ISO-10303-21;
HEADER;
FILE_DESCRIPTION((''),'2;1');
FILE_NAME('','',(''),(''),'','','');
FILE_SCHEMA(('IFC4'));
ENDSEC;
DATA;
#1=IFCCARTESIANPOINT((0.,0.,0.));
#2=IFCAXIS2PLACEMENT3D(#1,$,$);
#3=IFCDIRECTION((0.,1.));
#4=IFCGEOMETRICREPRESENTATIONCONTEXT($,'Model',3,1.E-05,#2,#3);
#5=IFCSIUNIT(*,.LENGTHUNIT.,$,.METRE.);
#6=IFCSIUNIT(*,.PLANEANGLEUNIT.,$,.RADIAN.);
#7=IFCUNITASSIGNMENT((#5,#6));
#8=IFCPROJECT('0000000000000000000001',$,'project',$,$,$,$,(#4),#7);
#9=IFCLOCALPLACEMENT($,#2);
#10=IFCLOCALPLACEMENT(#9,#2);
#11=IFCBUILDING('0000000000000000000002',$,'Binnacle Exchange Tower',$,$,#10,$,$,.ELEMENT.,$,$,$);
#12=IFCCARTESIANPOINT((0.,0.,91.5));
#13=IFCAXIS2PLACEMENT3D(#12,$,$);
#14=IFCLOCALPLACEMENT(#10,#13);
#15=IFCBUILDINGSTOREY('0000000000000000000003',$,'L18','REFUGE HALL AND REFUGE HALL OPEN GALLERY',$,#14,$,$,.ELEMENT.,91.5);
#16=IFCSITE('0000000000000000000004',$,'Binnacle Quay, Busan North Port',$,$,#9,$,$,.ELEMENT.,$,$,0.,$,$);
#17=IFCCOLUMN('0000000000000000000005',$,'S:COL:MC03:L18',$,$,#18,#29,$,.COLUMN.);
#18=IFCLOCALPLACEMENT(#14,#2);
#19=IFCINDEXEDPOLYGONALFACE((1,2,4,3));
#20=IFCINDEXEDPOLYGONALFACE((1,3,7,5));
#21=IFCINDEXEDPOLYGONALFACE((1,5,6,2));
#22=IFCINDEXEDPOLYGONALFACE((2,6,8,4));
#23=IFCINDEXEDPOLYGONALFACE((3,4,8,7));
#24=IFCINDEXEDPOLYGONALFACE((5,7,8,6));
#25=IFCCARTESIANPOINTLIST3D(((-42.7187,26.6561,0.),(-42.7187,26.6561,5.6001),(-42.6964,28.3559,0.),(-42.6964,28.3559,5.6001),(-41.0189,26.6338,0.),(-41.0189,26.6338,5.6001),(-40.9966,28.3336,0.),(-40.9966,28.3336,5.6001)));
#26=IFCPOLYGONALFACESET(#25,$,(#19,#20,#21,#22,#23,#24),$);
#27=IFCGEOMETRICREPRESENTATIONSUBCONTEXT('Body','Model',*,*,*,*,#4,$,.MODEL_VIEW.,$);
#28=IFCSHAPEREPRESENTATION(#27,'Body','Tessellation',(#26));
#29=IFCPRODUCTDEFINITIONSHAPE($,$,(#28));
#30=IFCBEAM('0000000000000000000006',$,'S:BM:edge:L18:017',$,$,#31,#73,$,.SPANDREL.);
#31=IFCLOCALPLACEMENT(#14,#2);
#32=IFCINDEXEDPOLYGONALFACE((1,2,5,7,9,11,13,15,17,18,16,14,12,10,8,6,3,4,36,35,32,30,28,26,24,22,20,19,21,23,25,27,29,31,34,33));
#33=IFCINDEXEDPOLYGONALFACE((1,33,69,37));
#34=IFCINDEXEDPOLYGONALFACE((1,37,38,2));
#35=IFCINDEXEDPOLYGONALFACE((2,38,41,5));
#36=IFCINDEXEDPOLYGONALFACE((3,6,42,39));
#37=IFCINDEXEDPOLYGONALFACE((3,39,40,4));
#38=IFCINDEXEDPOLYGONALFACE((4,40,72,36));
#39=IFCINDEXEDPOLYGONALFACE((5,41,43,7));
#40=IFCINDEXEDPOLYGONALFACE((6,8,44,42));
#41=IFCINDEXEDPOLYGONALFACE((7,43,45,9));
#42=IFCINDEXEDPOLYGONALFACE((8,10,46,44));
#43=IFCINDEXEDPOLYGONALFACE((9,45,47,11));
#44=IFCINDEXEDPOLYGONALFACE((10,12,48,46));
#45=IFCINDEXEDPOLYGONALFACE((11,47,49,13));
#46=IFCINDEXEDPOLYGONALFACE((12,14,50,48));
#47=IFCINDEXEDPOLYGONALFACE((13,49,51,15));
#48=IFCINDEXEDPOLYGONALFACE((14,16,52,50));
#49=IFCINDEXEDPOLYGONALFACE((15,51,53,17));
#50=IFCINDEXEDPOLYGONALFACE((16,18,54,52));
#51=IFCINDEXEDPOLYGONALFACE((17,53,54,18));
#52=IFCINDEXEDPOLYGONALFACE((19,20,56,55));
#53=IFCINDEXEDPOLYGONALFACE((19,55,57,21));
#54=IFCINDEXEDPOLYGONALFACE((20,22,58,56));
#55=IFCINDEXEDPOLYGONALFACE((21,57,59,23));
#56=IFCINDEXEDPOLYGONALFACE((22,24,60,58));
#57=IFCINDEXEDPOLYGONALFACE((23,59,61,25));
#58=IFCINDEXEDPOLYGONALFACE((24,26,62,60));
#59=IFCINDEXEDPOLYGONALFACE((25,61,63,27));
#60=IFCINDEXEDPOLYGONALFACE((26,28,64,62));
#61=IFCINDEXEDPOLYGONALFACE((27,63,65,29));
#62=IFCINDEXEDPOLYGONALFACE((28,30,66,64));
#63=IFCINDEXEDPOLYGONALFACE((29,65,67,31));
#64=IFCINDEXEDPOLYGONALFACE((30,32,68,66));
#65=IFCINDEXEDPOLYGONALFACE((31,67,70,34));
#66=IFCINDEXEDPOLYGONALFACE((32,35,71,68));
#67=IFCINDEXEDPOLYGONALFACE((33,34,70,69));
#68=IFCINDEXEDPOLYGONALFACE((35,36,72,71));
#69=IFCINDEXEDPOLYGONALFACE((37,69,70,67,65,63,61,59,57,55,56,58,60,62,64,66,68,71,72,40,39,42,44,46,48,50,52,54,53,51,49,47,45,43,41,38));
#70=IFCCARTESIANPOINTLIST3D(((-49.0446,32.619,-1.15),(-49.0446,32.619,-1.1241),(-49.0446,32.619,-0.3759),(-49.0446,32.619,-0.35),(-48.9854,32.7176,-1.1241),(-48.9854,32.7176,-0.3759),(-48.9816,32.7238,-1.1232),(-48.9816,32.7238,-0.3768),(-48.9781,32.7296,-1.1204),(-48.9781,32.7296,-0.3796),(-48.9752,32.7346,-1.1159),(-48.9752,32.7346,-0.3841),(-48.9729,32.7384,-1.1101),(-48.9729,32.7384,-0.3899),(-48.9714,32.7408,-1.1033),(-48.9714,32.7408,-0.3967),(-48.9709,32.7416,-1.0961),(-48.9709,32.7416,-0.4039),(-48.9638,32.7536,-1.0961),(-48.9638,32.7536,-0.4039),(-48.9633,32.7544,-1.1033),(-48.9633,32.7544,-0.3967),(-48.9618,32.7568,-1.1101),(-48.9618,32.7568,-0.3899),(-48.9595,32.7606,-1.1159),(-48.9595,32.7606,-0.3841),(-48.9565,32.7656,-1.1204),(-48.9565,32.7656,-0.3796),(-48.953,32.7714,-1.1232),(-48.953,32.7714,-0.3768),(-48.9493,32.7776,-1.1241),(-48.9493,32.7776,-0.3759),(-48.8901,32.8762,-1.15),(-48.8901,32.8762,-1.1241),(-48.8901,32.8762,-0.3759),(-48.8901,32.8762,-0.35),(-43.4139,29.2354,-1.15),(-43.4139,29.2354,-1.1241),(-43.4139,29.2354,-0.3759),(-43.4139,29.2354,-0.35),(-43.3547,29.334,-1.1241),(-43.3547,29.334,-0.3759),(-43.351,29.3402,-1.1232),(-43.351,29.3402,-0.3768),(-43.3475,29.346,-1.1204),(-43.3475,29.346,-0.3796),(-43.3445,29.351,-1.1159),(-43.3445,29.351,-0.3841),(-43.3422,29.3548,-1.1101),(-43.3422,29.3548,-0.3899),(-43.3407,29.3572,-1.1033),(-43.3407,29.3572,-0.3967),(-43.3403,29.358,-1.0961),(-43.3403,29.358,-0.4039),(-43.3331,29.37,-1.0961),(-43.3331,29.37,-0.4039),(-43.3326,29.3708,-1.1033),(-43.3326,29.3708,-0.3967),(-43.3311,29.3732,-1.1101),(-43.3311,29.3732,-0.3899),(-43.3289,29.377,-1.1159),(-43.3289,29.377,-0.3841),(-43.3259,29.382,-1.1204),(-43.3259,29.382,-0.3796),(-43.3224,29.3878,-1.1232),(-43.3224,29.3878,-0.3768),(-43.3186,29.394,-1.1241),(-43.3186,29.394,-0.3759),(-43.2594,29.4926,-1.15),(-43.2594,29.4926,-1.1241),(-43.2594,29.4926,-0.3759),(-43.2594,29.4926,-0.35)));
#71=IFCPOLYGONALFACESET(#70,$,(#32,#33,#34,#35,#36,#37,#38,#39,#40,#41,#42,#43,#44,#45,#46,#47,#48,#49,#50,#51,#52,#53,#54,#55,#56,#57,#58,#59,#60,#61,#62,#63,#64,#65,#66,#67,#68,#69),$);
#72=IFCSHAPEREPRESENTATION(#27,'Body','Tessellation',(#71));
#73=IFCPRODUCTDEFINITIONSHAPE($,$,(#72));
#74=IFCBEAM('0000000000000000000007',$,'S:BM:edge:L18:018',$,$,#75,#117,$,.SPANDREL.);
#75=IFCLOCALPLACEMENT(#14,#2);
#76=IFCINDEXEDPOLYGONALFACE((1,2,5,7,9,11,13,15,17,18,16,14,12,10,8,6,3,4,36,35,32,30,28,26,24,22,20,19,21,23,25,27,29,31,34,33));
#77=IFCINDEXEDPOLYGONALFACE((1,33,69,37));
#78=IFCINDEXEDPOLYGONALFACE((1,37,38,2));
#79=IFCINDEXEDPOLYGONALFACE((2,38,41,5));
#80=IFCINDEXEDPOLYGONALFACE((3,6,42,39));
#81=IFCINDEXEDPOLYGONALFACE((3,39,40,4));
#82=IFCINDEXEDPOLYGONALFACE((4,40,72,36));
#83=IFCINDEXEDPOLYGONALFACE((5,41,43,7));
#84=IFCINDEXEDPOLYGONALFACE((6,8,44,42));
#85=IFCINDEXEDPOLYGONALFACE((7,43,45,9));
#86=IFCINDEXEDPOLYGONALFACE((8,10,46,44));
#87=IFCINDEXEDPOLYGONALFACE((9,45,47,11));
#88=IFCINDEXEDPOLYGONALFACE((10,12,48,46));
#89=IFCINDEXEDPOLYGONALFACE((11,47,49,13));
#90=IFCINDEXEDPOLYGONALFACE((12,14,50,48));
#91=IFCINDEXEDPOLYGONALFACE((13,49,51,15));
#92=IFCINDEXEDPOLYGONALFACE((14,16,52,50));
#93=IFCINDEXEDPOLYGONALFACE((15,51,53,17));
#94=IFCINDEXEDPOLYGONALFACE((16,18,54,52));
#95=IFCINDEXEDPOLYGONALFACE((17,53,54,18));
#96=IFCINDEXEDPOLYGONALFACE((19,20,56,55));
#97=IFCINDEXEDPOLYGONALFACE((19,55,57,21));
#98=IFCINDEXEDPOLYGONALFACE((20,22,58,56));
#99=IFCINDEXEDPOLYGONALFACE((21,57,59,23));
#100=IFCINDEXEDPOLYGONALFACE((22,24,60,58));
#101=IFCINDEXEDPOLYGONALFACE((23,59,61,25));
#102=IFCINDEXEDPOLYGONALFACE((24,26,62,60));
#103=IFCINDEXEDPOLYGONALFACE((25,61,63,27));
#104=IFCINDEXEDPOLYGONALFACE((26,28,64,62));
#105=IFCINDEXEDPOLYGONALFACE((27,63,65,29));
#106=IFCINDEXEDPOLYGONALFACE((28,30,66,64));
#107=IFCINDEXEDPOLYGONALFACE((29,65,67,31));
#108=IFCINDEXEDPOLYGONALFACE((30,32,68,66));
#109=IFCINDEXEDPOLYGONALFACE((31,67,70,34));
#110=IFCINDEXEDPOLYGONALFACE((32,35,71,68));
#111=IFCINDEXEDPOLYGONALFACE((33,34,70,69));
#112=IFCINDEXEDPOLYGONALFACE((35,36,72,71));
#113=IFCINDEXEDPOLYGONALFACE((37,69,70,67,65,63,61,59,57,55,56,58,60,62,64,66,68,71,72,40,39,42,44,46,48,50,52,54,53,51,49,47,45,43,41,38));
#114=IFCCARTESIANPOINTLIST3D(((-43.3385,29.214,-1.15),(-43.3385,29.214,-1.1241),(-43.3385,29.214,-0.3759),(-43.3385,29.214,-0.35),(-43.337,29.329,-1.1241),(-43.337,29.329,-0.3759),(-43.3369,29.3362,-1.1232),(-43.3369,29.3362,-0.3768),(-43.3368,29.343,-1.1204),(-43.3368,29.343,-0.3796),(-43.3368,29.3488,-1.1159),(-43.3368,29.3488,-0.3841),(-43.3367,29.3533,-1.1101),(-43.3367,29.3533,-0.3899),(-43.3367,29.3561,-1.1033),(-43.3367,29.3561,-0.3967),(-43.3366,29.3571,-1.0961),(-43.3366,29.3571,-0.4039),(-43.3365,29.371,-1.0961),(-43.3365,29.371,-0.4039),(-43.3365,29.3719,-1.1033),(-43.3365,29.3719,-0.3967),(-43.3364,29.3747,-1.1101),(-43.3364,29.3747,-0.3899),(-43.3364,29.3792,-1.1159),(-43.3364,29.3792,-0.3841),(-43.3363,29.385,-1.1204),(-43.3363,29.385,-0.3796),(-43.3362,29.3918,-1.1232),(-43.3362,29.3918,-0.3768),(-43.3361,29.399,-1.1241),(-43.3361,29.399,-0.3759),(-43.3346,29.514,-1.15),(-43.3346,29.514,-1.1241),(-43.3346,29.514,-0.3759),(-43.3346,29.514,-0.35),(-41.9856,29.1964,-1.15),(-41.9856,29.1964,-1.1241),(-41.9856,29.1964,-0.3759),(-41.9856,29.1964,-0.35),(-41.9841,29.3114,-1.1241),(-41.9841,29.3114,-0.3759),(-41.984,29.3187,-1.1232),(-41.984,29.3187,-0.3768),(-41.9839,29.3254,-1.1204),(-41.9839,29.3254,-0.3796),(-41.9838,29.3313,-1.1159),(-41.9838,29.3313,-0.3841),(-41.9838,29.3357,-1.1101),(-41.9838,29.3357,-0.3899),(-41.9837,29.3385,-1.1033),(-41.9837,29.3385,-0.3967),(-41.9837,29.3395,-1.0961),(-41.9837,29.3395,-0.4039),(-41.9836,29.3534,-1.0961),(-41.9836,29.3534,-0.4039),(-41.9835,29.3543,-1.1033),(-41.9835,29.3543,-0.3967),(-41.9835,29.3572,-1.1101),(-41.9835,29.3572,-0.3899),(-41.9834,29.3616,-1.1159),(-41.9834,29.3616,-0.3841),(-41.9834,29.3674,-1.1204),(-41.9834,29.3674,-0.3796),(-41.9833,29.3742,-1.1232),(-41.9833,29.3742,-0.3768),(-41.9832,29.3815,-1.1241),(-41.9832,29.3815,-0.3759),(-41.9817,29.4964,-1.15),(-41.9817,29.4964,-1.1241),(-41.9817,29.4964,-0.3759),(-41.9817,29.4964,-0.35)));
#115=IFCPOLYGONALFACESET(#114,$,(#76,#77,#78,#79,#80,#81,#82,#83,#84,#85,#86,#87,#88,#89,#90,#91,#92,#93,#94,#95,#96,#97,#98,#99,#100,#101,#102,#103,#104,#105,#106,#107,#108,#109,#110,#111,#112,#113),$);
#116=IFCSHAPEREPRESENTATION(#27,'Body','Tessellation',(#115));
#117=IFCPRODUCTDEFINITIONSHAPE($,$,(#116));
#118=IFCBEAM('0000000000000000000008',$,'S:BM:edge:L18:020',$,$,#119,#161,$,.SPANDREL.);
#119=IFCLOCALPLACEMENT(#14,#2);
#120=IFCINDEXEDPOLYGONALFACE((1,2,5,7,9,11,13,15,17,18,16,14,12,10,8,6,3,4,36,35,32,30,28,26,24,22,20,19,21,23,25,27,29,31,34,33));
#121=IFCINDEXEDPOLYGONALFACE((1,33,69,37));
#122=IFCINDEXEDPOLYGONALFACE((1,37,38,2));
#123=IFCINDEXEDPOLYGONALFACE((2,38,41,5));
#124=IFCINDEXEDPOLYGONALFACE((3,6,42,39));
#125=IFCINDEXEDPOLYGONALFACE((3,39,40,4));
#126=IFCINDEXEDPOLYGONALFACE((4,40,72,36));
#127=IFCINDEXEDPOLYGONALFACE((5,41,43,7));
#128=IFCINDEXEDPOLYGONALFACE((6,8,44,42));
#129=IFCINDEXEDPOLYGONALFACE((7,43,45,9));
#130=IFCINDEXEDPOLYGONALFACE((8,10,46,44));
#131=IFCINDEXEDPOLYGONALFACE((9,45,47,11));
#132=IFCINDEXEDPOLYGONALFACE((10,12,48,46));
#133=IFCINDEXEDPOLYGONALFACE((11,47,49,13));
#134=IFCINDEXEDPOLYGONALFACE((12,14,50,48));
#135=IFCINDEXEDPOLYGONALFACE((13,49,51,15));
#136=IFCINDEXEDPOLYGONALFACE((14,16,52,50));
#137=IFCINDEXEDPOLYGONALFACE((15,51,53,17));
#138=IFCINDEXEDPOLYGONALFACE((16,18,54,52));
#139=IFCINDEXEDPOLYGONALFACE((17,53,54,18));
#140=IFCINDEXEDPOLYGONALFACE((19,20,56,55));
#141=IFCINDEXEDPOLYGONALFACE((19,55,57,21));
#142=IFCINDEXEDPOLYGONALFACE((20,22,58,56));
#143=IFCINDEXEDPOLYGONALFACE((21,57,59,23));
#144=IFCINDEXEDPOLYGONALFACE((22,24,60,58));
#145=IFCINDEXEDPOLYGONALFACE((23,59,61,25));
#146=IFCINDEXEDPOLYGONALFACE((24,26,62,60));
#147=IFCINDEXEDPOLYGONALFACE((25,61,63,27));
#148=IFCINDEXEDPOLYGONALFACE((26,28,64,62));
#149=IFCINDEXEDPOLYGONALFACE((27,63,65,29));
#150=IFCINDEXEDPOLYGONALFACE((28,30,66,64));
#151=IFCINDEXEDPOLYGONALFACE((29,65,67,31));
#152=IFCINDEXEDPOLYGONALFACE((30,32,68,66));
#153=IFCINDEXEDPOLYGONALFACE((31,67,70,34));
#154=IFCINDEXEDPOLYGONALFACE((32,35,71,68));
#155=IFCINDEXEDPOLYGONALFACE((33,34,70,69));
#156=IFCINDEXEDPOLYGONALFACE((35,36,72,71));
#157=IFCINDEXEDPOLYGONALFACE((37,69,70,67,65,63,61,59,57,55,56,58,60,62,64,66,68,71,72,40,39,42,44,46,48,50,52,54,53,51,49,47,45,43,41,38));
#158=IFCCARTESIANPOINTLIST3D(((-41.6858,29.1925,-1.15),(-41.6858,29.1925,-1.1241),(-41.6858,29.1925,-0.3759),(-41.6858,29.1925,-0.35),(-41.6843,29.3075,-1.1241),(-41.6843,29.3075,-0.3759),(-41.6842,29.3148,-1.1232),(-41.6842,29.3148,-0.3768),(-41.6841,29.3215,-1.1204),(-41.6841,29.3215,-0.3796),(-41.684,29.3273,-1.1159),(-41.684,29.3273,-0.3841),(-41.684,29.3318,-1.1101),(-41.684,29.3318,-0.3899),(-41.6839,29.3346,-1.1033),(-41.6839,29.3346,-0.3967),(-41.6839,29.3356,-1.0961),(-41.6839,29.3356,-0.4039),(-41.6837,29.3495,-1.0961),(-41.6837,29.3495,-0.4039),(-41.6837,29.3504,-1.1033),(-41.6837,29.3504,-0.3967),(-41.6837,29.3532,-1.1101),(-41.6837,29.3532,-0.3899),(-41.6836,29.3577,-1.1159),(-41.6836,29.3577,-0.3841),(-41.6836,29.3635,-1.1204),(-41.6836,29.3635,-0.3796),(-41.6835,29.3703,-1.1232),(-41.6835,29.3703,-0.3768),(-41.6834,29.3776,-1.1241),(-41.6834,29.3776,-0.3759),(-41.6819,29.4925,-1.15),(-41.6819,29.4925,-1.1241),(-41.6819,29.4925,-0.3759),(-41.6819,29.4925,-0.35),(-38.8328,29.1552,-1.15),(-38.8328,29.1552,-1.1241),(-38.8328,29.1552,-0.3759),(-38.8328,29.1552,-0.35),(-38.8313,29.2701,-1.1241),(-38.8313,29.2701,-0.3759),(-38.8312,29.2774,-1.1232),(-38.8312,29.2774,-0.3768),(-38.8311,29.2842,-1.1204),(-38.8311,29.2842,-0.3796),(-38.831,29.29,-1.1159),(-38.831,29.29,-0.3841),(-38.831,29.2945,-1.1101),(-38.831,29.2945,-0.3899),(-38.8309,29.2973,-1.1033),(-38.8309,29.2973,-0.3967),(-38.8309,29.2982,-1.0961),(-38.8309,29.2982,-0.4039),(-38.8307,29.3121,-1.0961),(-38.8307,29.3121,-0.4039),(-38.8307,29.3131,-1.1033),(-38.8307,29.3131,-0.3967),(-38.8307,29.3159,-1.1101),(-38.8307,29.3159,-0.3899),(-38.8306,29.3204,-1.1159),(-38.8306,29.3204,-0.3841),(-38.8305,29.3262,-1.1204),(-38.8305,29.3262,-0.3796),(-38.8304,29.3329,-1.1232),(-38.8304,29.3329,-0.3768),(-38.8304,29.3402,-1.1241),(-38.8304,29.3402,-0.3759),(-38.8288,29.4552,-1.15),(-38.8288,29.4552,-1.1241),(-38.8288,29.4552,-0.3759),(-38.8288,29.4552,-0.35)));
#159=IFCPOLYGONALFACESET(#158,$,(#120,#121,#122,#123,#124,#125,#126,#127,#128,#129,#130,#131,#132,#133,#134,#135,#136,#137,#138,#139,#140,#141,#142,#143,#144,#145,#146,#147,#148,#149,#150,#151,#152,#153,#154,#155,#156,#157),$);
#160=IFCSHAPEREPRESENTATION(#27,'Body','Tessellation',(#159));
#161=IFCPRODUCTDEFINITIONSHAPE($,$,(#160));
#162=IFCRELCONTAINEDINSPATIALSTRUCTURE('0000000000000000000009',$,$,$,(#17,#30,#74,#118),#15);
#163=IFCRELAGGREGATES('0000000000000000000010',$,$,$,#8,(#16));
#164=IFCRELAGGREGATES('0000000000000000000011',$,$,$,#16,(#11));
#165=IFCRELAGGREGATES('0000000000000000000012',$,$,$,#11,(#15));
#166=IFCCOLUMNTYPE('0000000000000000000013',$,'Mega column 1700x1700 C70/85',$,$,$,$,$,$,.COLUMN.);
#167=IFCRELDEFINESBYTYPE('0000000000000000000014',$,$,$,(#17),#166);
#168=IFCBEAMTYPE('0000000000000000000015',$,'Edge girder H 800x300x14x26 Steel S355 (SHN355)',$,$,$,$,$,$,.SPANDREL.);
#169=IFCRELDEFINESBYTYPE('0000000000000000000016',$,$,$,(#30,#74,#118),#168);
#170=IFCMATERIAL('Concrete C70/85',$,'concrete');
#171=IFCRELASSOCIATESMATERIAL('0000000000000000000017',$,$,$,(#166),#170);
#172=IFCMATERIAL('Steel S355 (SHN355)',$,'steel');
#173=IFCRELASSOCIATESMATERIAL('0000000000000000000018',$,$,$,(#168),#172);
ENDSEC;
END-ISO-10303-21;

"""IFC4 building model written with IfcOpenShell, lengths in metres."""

from ifc_helpers import new_model, si_unit, direction, frame, origin, origin_2d, place, context, subcontext, project, spatial, rectangle, i_section, extrude, material, material_profile, profile_set, type_object, element, save


model = new_model("IFC4")

# Units and contexts
model_context = context("Model", 3, precision=1e-05, world=origin(), true_north=direction((0.0, 1.0)))
body_context = subcontext(model_context, "Body", "Model", "MODEL_VIEW")
ifc_project = project(units=[si_unit("LENGTHUNIT", "METRE"), si_unit("PLANEANGLEUNIT", "RADIAN")], contexts=[model_context])

# Site, building, storey
site_placement = place(None, origin())
site = spatial("IfcSite", under=ifc_project, at=site_placement, Name="Binnacle Quay, Busan North Port", CompositionType="ELEMENT", RefElevation=0.0)
building_placement = place(site_placement, origin())
building = spatial("IfcBuilding", under=site, at=building_placement, Name="Binnacle Exchange Tower", CompositionType="ELEMENT")
storey_placement = place(building_placement, frame((0.0, 0.0, 91.5)))
storey = spatial("IfcBuildingStorey", under=building, at=storey_placement, Name="L18", Description="REFUGE HALL AND REFUGE HALL OPEN GALLERY", CompositionType="ELEMENT", Elevation=91.5)

# Column
ifc_material_1 = material(Name="Concrete C70/85", Category="concrete")
ifc_material_profile_1 = material_profile(ifc_material_1, rectangle(XDim=1.7, YDim=1.7, at=origin_2d()), Name="Mega column 1700x1700 C70/85")
ifc_profile_set_1 = profile_set([ifc_material_profile_1], Name="Concrete C70/85")
column_type = type_object("IfcColumnType", Name="Mega column 1700x1700 C70/85", PredefinedType="COLUMN", material=ifc_profile_set_1)
column_placement = place(storey_placement, frame((-41.8577, 27.4949, 0.0), z_axis=(0.0, 0.0, 1.0), x_axis=(0.999914, -0.01309, 0.0)))
element("IfcColumn", 1, at=column_placement, inside=storey, type_object=column_type, Name="S:COL:MC03:L18", PredefinedType="COLUMN", context=body_context, shape_type="SweptSolid", body=[
    extrude(rectangle(XDim=1.7, YDim=1.7, at=origin_2d()), origin(), (0.0, 0.0, 1.0), 5.6001),
])

# Beams
ifc_material_2 = material(Name="Steel S355 (SHN355)", Category="steel")
ifc_material_profile_2 = material_profile(ifc_material_2, i_section(OverallWidth=0.3, OverallDepth=0.8, WebThickness=0.0139, FlangeThickness=0.0259, FilletRadius=0.0281, at=origin_2d()), Name="H 800x300x14x26")
ifc_profile_set_2 = profile_set([ifc_material_profile_2], Name="Steel S355 (SHN355)")
beam_type_1 = type_object("IfcBeamType", Name="Edge girder H 800x300x14x26 Steel S355 (SHN355)", PredefinedType="SPANDREL", material=ifc_profile_set_2)
beam_1_placement = place(storey_placement, frame((-43.3367, 29.364, -0.75), z_axis=(-0.857145, 0.515075, 0.0), x_axis=(-0.515075, -0.857145, 0.0)))
element("IfcBeam", 2, at=beam_1_placement, inside=storey, type_object=beam_type_1, Name="S:BM:edge:L18:017", PredefinedType="SPANDREL", context=body_context, shape_type="SweptSolid", body=[
    extrude(i_section(OverallWidth=0.3, OverallDepth=0.8, WebThickness=0.0139, FlangeThickness=0.0259, FilletRadius=0.0281, at=origin_2d()), origin(), (0.0, 0.0, 1.0), 6.5691),
])
beam_2_placement = place(storey_placement, frame((-41.9836, 29.3464, -0.75), z_axis=(-0.999916, 0.012991, 0.0), x_axis=(-0.012991, -0.999916, 0.0)))
element("IfcBeam", 3, at=beam_2_placement, inside=storey, type_object=beam_type_1, Name="S:BM:edge:L18:018", PredefinedType="SPANDREL", context=body_context, shape_type="SweptSolid", body=[
    extrude(i_section(OverallWidth=0.3, OverallDepth=0.8, WebThickness=0.0139, FlangeThickness=0.0259, FilletRadius=0.0281, at=origin_2d()), origin(), (0.0, 0.0, 1.0), 1.353),
])
beam_3_placement = place(storey_placement, frame((-38.8308, 29.3052, -0.75), z_axis=(-0.999914, 0.013091, 0.0), x_axis=(-0.013091, -0.999914, 0.0)))
element("IfcBeam", 4, at=beam_3_placement, inside=storey, type_object=beam_type_1, Name="S:BM:edge:L18:020", PredefinedType="SPANDREL", context=body_context, shape_type="SweptSolid", body=[
    extrude(i_section(OverallWidth=0.3, OverallDepth=0.8, WebThickness=0.0139, FlangeThickness=0.0259, FilletRadius=0.0281, at=origin_2d()), origin(), (0.0, 0.0, 1.0), 2.8533),
])

save(model, "model.ifc")
